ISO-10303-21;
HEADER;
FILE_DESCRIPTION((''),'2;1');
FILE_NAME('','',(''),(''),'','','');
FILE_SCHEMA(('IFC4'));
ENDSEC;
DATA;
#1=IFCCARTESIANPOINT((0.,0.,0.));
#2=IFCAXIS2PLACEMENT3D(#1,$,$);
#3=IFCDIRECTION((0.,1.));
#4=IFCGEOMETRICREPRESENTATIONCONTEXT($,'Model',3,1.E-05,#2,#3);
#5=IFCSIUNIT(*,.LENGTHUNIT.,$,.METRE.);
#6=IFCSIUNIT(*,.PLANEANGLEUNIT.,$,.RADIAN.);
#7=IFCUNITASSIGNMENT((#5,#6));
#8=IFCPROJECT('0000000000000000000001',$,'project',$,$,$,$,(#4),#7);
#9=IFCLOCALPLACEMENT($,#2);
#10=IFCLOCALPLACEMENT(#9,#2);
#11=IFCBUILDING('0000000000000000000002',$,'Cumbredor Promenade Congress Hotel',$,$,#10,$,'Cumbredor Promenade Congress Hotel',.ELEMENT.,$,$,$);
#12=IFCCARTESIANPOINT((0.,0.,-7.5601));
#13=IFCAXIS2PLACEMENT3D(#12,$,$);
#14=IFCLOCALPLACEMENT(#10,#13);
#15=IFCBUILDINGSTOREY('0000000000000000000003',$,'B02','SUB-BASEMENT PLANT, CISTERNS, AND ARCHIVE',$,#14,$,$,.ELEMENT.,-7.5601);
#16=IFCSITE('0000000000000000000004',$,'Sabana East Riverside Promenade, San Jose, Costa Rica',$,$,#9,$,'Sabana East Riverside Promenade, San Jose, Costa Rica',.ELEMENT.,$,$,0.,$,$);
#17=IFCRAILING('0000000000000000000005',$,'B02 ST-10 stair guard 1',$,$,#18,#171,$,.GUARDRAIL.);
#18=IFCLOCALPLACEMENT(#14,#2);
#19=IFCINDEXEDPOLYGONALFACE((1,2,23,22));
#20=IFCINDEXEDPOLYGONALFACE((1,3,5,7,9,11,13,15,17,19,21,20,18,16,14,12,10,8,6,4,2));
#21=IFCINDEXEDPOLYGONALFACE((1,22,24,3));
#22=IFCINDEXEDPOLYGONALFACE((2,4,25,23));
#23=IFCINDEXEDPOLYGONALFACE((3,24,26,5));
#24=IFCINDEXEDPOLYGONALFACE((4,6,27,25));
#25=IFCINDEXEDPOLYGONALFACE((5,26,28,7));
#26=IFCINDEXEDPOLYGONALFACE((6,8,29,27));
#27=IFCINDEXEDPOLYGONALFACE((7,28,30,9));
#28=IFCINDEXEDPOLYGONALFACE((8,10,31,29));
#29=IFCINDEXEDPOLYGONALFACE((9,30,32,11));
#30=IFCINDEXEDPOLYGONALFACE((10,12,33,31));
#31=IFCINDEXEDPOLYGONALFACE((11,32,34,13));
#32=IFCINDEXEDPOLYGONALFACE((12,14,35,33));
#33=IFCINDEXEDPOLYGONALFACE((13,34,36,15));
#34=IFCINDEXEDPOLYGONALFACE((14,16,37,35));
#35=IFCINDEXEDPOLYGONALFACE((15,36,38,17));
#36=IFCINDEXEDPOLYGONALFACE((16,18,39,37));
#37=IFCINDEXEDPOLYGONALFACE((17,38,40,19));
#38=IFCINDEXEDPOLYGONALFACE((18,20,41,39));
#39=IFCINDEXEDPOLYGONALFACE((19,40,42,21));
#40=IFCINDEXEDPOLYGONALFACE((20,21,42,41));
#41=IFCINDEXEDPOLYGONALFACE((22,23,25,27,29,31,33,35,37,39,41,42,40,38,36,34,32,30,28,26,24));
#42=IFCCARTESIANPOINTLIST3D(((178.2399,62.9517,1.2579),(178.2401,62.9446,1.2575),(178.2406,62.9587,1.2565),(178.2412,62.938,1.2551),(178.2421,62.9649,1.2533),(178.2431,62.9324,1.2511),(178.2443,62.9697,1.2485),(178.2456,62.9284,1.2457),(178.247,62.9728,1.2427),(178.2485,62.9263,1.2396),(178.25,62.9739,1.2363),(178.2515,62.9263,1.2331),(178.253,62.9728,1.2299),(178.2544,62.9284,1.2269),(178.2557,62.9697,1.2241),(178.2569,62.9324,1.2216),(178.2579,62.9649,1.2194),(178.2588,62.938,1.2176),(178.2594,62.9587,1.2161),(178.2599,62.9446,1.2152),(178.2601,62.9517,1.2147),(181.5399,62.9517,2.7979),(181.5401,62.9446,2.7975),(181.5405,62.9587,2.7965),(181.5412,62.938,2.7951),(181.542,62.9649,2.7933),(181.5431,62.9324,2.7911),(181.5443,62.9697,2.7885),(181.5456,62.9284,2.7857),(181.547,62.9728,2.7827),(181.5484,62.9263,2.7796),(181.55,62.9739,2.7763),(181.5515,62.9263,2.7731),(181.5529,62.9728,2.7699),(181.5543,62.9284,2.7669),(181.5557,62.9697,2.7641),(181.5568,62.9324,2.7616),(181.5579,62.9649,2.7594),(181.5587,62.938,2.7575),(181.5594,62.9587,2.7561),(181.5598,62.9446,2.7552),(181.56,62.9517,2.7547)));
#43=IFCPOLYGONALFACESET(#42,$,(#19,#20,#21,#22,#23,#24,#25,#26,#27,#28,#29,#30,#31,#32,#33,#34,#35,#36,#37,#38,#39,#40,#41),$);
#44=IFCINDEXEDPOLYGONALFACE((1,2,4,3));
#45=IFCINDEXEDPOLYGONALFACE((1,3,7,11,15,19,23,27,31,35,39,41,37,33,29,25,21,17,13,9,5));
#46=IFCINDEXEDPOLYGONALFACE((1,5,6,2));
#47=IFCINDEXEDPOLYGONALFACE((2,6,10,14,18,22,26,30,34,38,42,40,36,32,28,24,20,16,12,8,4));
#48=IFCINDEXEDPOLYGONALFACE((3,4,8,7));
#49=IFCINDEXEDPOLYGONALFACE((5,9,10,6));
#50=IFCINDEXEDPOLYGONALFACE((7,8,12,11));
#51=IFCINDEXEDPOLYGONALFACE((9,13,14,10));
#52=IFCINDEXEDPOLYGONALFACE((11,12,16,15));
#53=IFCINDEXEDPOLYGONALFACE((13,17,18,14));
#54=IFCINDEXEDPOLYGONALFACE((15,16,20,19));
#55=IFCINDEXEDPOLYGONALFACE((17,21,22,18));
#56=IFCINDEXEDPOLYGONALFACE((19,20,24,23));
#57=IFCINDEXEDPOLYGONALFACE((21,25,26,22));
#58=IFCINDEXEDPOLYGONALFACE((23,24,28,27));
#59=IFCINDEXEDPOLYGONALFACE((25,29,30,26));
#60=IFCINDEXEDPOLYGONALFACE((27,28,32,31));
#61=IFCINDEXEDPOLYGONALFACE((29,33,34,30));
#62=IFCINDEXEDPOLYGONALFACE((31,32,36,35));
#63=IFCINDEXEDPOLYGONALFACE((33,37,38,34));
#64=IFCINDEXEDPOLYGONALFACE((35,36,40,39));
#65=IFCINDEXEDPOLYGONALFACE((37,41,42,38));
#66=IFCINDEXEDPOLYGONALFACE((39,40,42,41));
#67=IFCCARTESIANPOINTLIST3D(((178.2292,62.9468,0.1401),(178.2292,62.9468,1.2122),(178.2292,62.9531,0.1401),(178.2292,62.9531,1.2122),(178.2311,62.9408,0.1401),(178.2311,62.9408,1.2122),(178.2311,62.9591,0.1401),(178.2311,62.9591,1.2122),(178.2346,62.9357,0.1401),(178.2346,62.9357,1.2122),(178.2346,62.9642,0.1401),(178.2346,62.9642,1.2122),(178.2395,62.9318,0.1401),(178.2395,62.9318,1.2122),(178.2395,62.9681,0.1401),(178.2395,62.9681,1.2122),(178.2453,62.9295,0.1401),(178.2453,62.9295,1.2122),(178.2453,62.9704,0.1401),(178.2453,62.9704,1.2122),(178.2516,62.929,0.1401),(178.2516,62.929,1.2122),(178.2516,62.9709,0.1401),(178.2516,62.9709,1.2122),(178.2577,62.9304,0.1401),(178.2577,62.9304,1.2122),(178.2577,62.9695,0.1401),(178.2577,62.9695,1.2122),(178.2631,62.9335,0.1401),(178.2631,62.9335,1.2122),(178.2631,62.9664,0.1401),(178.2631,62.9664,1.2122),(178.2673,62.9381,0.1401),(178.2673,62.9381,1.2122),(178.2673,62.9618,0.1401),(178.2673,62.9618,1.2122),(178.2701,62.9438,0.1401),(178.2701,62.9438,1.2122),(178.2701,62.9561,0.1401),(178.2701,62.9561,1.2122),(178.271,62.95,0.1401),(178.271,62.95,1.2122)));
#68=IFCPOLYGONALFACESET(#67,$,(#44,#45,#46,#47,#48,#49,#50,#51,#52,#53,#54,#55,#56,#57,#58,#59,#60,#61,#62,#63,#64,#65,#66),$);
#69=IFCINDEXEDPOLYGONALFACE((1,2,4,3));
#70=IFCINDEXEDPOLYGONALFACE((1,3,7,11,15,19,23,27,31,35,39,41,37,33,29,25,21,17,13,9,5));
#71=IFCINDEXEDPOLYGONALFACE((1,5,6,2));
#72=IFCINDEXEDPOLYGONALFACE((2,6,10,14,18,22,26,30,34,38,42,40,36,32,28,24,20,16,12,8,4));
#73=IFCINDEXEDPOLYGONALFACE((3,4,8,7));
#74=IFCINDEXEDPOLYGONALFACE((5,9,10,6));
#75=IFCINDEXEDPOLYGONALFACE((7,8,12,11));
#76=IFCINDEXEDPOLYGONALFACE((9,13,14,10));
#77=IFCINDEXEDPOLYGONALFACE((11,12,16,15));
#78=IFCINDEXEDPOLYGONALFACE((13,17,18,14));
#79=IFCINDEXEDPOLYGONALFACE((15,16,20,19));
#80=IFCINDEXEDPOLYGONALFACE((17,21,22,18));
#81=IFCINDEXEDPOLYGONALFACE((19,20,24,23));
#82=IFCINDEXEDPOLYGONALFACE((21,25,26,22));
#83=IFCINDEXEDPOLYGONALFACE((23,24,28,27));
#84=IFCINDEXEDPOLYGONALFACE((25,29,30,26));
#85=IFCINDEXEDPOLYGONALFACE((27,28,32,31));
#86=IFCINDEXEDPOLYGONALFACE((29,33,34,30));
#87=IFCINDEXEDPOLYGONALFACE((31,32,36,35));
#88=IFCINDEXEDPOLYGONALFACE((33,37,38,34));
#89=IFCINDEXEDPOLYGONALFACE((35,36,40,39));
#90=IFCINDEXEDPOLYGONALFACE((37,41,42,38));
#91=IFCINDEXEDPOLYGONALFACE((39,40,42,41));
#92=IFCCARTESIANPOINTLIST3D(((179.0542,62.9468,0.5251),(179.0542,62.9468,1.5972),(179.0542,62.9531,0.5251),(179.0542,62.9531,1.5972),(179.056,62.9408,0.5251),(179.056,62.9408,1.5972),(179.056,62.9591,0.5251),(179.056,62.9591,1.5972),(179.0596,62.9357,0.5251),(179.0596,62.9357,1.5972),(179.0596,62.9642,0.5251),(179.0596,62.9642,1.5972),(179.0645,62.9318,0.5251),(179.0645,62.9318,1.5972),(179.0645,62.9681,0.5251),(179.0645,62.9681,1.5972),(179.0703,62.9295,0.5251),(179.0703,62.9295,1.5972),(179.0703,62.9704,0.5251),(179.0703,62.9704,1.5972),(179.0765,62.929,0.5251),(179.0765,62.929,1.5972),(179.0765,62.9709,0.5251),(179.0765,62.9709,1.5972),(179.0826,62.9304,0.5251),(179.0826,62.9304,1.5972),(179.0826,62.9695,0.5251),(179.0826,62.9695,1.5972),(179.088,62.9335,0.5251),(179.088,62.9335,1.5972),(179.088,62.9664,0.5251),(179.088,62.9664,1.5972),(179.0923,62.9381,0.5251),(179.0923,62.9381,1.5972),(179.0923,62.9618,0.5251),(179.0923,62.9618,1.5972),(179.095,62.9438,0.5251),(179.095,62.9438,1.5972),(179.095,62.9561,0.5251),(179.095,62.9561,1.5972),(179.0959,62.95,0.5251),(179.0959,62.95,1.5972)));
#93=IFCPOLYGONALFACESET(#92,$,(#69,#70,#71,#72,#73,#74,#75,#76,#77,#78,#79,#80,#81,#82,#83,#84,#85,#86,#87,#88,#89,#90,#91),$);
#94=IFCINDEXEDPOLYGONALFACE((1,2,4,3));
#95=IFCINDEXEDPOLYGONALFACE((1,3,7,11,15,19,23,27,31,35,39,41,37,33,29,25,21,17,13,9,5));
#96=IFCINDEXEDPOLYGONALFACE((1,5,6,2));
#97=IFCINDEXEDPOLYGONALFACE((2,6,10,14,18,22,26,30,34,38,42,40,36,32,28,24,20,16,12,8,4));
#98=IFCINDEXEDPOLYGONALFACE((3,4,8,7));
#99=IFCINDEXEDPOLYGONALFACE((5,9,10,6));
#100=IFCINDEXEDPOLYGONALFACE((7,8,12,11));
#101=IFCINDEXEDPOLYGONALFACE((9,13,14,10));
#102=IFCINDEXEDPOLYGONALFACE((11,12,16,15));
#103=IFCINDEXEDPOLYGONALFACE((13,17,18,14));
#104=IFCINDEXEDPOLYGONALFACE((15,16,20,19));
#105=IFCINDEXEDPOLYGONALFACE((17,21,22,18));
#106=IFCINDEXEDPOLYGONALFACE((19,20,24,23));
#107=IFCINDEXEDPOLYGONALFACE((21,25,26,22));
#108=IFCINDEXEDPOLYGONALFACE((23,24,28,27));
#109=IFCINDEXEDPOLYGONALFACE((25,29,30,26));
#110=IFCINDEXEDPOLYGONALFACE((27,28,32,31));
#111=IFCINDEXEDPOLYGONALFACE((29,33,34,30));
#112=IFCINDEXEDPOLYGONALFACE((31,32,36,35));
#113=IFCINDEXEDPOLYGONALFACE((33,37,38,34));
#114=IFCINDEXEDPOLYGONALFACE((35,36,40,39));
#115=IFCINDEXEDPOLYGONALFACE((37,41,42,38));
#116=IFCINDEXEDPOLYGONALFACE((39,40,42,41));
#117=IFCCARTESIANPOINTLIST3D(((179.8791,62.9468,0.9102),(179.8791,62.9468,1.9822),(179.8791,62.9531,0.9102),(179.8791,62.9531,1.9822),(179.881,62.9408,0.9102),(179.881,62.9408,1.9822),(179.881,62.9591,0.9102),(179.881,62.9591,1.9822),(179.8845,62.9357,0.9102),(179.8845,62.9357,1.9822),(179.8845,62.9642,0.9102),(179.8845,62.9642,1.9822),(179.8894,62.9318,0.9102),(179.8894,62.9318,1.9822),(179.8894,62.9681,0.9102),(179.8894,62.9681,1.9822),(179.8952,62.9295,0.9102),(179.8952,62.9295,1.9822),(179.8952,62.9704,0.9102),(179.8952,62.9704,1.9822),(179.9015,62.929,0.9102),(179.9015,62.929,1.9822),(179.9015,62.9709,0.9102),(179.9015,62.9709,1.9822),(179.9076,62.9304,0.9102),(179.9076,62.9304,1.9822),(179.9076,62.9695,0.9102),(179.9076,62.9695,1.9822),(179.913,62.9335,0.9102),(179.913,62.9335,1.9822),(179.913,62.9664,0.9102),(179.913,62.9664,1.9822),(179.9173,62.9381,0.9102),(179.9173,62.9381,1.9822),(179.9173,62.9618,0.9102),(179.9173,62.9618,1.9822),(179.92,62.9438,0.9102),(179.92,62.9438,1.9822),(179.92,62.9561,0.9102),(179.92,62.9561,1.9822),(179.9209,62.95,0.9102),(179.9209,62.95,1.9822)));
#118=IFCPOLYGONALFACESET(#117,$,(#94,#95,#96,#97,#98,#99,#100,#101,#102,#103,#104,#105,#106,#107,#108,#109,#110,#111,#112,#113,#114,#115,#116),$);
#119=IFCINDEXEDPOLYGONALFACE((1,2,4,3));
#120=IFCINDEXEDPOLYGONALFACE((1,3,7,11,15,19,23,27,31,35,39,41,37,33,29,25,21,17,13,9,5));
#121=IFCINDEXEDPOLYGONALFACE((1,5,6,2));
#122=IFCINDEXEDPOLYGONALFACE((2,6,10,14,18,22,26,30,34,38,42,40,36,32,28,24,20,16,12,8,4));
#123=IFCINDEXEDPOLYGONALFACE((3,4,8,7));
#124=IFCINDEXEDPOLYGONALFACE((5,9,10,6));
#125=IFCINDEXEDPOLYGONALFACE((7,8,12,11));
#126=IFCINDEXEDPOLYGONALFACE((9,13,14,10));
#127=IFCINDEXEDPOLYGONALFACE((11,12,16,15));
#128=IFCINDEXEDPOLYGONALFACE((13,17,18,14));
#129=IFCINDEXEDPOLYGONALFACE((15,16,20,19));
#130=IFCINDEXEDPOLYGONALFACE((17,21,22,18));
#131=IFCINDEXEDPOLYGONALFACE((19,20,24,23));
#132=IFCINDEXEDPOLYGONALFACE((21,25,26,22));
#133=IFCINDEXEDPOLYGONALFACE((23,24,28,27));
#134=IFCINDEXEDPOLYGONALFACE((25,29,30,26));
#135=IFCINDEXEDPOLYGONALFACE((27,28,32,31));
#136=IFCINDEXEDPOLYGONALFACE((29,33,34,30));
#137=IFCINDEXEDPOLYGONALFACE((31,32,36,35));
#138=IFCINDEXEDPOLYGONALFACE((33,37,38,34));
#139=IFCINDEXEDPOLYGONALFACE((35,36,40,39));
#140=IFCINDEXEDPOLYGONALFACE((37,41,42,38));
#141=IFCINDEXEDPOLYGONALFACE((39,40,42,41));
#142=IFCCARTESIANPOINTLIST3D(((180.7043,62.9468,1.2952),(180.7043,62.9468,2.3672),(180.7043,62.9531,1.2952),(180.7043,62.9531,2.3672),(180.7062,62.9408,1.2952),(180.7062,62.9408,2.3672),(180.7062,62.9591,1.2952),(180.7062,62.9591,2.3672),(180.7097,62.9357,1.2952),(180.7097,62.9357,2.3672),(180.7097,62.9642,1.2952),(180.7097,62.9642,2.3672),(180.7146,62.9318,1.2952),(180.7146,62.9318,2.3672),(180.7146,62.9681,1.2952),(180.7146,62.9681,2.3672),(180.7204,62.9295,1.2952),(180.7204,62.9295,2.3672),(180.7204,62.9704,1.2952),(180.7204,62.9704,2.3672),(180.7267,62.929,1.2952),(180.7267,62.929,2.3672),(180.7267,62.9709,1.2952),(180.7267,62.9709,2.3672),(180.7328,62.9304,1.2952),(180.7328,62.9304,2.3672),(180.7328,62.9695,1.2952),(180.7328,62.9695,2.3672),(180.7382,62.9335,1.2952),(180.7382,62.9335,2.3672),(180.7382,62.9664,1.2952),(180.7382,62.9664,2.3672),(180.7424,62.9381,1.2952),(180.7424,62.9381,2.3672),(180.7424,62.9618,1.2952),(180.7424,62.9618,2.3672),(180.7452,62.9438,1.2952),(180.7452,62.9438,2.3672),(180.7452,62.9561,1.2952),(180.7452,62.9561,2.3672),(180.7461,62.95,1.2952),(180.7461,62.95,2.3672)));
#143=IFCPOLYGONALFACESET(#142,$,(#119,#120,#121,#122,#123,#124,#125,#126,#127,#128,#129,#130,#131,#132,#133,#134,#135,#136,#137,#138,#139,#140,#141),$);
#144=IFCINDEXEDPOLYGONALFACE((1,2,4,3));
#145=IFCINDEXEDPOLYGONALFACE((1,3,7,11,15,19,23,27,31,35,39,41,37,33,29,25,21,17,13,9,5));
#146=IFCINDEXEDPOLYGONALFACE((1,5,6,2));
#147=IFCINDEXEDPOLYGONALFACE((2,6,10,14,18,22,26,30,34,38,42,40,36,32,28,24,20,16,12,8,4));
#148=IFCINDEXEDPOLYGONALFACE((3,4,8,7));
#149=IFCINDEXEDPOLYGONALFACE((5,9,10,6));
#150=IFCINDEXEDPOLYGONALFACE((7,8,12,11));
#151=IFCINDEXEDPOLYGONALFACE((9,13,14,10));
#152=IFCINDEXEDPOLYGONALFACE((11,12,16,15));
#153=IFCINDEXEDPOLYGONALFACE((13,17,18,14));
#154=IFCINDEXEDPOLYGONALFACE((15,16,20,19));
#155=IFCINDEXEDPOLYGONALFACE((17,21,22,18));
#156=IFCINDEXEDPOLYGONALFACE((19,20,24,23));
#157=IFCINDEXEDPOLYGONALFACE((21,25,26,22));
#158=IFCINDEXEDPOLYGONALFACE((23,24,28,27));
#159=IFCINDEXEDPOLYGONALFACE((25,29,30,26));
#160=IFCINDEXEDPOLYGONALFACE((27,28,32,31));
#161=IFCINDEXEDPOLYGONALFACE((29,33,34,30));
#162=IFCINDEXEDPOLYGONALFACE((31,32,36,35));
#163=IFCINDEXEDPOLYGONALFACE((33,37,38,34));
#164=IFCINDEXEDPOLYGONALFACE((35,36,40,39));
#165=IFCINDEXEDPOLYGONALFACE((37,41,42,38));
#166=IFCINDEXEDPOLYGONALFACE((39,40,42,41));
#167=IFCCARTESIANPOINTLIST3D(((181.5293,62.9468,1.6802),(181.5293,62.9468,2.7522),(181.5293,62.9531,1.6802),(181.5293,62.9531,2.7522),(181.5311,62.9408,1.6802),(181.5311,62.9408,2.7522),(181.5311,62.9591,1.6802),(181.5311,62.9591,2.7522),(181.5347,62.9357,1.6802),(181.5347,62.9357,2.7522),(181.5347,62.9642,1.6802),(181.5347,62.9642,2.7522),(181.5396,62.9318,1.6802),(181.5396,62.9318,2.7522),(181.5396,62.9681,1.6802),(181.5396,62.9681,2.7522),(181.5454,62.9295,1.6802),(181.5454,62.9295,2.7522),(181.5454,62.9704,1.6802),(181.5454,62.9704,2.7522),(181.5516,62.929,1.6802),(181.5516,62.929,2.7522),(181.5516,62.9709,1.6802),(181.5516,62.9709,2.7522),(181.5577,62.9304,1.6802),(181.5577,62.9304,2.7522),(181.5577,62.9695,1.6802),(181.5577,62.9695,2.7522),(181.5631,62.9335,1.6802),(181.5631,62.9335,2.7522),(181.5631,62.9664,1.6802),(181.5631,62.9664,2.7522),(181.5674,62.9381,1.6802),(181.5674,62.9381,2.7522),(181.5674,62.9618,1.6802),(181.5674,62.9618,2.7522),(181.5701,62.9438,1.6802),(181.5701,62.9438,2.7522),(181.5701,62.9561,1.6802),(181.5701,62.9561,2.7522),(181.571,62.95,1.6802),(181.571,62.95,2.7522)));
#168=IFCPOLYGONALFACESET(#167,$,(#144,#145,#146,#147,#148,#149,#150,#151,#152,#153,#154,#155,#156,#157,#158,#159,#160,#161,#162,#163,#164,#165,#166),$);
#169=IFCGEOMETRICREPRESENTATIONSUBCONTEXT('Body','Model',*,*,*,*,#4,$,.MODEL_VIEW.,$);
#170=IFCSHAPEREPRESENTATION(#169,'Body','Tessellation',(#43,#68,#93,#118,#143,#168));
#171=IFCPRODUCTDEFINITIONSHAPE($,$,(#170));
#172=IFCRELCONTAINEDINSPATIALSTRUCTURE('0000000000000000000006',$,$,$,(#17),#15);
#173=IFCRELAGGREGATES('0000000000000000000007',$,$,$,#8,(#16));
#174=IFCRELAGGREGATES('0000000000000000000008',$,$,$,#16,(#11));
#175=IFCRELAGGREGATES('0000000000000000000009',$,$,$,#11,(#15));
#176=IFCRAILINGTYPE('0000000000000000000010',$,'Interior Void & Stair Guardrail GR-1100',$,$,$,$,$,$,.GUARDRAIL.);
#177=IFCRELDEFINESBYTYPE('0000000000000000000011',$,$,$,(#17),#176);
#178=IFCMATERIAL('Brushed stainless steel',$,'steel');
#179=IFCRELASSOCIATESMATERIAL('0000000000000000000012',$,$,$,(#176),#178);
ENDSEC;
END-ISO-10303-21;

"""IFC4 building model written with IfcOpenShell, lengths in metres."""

from ifc_helpers import new_model, si_unit, direction, frame, origin, origin_2d, place, context, subcontext, project, spatial, circle, extrude, material, type_object, element, save


model = new_model("IFC4")

# Units and contexts
model_context = context("Model", 3, precision=1e-05, world=origin(), true_north=direction((0.0, 1.0)))
body_context = subcontext(model_context, "Body", "Model", "MODEL_VIEW")
ifc_project = project(units=[si_unit("LENGTHUNIT", "METRE"), si_unit("PLANEANGLEUNIT", "RADIAN")], contexts=[model_context])

# Site, building, storey
site_placement = place(None, origin())
site = spatial("IfcSite", under=ifc_project, at=site_placement, Name="Sabana East Riverside Promenade, San Jose, Costa Rica", LongName="Sabana East Riverside Promenade, San Jose, Costa Rica", CompositionType="ELEMENT", RefElevation=0.0)
building_placement = place(site_placement, origin())
building = spatial("IfcBuilding", under=site, at=building_placement, Name="Cumbredor Promenade Congress Hotel", LongName="Cumbredor Promenade Congress Hotel", CompositionType="ELEMENT")
storey_placement = place(building_placement, frame((0.0, 0.0, -7.5601)))
storey = spatial("IfcBuildingStorey", under=building, at=storey_placement, Name="B02", Description="SUB-BASEMENT PLANT, CISTERNS, AND ARCHIVE", CompositionType="ELEMENT", Elevation=-7.5601)

# Railing
ifc_material_1 = material(Name="Brushed stainless steel", Category="steel")
railing_type_1 = type_object("IfcRailingType", Name="Interior Void & Stair Guardrail GR-1100", PredefinedType="GUARDRAIL", material=ifc_material_1)
railing_1_placement = place(storey_placement, frame((178.25, 62.95, 0.1401)))
element("IfcRailing", 1, at=railing_1_placement, inside=storey, type_object=railing_type_1, Name="B02 ST-10 stair guard 1", PredefinedType="GUARDRAIL", context=body_context, shape_type="SweptSolid", body=[
    extrude(circle(Radius=0.0239, at=origin_2d()), frame((0.0, 0.0, 1.0962), z_axis=(0.906181, 0.0, 0.422889), x_axis=(0.0, 1.0, 0.0)), (0.0, 0.0, 1.0), 3.6416),
    extrude(circle(Radius=0.021, at=origin_2d()), origin(), (0.0, 0.0, 1.0), 1.072),
    extrude(circle(Radius=0.021, at=origin_2d()), frame((0.825, 0.0, 0.385)), (0.0, 0.0, 1.0), 1.072),
    extrude(circle(Radius=0.021, at=origin_2d()), frame((1.6499, 0.0, 0.77)), (0.0, 0.0, 1.0), 1.072),
    extrude(circle(Radius=0.021, at=origin_2d()), frame((2.4751, 0.0, 1.155)), (0.0, 0.0, 1.0), 1.072),
    extrude(circle(Radius=0.021, at=origin_2d()), frame((3.3, 0.0, 1.54)), (0.0, 0.0, 1.0), 1.072),
])

save(model, "model.ifc")
